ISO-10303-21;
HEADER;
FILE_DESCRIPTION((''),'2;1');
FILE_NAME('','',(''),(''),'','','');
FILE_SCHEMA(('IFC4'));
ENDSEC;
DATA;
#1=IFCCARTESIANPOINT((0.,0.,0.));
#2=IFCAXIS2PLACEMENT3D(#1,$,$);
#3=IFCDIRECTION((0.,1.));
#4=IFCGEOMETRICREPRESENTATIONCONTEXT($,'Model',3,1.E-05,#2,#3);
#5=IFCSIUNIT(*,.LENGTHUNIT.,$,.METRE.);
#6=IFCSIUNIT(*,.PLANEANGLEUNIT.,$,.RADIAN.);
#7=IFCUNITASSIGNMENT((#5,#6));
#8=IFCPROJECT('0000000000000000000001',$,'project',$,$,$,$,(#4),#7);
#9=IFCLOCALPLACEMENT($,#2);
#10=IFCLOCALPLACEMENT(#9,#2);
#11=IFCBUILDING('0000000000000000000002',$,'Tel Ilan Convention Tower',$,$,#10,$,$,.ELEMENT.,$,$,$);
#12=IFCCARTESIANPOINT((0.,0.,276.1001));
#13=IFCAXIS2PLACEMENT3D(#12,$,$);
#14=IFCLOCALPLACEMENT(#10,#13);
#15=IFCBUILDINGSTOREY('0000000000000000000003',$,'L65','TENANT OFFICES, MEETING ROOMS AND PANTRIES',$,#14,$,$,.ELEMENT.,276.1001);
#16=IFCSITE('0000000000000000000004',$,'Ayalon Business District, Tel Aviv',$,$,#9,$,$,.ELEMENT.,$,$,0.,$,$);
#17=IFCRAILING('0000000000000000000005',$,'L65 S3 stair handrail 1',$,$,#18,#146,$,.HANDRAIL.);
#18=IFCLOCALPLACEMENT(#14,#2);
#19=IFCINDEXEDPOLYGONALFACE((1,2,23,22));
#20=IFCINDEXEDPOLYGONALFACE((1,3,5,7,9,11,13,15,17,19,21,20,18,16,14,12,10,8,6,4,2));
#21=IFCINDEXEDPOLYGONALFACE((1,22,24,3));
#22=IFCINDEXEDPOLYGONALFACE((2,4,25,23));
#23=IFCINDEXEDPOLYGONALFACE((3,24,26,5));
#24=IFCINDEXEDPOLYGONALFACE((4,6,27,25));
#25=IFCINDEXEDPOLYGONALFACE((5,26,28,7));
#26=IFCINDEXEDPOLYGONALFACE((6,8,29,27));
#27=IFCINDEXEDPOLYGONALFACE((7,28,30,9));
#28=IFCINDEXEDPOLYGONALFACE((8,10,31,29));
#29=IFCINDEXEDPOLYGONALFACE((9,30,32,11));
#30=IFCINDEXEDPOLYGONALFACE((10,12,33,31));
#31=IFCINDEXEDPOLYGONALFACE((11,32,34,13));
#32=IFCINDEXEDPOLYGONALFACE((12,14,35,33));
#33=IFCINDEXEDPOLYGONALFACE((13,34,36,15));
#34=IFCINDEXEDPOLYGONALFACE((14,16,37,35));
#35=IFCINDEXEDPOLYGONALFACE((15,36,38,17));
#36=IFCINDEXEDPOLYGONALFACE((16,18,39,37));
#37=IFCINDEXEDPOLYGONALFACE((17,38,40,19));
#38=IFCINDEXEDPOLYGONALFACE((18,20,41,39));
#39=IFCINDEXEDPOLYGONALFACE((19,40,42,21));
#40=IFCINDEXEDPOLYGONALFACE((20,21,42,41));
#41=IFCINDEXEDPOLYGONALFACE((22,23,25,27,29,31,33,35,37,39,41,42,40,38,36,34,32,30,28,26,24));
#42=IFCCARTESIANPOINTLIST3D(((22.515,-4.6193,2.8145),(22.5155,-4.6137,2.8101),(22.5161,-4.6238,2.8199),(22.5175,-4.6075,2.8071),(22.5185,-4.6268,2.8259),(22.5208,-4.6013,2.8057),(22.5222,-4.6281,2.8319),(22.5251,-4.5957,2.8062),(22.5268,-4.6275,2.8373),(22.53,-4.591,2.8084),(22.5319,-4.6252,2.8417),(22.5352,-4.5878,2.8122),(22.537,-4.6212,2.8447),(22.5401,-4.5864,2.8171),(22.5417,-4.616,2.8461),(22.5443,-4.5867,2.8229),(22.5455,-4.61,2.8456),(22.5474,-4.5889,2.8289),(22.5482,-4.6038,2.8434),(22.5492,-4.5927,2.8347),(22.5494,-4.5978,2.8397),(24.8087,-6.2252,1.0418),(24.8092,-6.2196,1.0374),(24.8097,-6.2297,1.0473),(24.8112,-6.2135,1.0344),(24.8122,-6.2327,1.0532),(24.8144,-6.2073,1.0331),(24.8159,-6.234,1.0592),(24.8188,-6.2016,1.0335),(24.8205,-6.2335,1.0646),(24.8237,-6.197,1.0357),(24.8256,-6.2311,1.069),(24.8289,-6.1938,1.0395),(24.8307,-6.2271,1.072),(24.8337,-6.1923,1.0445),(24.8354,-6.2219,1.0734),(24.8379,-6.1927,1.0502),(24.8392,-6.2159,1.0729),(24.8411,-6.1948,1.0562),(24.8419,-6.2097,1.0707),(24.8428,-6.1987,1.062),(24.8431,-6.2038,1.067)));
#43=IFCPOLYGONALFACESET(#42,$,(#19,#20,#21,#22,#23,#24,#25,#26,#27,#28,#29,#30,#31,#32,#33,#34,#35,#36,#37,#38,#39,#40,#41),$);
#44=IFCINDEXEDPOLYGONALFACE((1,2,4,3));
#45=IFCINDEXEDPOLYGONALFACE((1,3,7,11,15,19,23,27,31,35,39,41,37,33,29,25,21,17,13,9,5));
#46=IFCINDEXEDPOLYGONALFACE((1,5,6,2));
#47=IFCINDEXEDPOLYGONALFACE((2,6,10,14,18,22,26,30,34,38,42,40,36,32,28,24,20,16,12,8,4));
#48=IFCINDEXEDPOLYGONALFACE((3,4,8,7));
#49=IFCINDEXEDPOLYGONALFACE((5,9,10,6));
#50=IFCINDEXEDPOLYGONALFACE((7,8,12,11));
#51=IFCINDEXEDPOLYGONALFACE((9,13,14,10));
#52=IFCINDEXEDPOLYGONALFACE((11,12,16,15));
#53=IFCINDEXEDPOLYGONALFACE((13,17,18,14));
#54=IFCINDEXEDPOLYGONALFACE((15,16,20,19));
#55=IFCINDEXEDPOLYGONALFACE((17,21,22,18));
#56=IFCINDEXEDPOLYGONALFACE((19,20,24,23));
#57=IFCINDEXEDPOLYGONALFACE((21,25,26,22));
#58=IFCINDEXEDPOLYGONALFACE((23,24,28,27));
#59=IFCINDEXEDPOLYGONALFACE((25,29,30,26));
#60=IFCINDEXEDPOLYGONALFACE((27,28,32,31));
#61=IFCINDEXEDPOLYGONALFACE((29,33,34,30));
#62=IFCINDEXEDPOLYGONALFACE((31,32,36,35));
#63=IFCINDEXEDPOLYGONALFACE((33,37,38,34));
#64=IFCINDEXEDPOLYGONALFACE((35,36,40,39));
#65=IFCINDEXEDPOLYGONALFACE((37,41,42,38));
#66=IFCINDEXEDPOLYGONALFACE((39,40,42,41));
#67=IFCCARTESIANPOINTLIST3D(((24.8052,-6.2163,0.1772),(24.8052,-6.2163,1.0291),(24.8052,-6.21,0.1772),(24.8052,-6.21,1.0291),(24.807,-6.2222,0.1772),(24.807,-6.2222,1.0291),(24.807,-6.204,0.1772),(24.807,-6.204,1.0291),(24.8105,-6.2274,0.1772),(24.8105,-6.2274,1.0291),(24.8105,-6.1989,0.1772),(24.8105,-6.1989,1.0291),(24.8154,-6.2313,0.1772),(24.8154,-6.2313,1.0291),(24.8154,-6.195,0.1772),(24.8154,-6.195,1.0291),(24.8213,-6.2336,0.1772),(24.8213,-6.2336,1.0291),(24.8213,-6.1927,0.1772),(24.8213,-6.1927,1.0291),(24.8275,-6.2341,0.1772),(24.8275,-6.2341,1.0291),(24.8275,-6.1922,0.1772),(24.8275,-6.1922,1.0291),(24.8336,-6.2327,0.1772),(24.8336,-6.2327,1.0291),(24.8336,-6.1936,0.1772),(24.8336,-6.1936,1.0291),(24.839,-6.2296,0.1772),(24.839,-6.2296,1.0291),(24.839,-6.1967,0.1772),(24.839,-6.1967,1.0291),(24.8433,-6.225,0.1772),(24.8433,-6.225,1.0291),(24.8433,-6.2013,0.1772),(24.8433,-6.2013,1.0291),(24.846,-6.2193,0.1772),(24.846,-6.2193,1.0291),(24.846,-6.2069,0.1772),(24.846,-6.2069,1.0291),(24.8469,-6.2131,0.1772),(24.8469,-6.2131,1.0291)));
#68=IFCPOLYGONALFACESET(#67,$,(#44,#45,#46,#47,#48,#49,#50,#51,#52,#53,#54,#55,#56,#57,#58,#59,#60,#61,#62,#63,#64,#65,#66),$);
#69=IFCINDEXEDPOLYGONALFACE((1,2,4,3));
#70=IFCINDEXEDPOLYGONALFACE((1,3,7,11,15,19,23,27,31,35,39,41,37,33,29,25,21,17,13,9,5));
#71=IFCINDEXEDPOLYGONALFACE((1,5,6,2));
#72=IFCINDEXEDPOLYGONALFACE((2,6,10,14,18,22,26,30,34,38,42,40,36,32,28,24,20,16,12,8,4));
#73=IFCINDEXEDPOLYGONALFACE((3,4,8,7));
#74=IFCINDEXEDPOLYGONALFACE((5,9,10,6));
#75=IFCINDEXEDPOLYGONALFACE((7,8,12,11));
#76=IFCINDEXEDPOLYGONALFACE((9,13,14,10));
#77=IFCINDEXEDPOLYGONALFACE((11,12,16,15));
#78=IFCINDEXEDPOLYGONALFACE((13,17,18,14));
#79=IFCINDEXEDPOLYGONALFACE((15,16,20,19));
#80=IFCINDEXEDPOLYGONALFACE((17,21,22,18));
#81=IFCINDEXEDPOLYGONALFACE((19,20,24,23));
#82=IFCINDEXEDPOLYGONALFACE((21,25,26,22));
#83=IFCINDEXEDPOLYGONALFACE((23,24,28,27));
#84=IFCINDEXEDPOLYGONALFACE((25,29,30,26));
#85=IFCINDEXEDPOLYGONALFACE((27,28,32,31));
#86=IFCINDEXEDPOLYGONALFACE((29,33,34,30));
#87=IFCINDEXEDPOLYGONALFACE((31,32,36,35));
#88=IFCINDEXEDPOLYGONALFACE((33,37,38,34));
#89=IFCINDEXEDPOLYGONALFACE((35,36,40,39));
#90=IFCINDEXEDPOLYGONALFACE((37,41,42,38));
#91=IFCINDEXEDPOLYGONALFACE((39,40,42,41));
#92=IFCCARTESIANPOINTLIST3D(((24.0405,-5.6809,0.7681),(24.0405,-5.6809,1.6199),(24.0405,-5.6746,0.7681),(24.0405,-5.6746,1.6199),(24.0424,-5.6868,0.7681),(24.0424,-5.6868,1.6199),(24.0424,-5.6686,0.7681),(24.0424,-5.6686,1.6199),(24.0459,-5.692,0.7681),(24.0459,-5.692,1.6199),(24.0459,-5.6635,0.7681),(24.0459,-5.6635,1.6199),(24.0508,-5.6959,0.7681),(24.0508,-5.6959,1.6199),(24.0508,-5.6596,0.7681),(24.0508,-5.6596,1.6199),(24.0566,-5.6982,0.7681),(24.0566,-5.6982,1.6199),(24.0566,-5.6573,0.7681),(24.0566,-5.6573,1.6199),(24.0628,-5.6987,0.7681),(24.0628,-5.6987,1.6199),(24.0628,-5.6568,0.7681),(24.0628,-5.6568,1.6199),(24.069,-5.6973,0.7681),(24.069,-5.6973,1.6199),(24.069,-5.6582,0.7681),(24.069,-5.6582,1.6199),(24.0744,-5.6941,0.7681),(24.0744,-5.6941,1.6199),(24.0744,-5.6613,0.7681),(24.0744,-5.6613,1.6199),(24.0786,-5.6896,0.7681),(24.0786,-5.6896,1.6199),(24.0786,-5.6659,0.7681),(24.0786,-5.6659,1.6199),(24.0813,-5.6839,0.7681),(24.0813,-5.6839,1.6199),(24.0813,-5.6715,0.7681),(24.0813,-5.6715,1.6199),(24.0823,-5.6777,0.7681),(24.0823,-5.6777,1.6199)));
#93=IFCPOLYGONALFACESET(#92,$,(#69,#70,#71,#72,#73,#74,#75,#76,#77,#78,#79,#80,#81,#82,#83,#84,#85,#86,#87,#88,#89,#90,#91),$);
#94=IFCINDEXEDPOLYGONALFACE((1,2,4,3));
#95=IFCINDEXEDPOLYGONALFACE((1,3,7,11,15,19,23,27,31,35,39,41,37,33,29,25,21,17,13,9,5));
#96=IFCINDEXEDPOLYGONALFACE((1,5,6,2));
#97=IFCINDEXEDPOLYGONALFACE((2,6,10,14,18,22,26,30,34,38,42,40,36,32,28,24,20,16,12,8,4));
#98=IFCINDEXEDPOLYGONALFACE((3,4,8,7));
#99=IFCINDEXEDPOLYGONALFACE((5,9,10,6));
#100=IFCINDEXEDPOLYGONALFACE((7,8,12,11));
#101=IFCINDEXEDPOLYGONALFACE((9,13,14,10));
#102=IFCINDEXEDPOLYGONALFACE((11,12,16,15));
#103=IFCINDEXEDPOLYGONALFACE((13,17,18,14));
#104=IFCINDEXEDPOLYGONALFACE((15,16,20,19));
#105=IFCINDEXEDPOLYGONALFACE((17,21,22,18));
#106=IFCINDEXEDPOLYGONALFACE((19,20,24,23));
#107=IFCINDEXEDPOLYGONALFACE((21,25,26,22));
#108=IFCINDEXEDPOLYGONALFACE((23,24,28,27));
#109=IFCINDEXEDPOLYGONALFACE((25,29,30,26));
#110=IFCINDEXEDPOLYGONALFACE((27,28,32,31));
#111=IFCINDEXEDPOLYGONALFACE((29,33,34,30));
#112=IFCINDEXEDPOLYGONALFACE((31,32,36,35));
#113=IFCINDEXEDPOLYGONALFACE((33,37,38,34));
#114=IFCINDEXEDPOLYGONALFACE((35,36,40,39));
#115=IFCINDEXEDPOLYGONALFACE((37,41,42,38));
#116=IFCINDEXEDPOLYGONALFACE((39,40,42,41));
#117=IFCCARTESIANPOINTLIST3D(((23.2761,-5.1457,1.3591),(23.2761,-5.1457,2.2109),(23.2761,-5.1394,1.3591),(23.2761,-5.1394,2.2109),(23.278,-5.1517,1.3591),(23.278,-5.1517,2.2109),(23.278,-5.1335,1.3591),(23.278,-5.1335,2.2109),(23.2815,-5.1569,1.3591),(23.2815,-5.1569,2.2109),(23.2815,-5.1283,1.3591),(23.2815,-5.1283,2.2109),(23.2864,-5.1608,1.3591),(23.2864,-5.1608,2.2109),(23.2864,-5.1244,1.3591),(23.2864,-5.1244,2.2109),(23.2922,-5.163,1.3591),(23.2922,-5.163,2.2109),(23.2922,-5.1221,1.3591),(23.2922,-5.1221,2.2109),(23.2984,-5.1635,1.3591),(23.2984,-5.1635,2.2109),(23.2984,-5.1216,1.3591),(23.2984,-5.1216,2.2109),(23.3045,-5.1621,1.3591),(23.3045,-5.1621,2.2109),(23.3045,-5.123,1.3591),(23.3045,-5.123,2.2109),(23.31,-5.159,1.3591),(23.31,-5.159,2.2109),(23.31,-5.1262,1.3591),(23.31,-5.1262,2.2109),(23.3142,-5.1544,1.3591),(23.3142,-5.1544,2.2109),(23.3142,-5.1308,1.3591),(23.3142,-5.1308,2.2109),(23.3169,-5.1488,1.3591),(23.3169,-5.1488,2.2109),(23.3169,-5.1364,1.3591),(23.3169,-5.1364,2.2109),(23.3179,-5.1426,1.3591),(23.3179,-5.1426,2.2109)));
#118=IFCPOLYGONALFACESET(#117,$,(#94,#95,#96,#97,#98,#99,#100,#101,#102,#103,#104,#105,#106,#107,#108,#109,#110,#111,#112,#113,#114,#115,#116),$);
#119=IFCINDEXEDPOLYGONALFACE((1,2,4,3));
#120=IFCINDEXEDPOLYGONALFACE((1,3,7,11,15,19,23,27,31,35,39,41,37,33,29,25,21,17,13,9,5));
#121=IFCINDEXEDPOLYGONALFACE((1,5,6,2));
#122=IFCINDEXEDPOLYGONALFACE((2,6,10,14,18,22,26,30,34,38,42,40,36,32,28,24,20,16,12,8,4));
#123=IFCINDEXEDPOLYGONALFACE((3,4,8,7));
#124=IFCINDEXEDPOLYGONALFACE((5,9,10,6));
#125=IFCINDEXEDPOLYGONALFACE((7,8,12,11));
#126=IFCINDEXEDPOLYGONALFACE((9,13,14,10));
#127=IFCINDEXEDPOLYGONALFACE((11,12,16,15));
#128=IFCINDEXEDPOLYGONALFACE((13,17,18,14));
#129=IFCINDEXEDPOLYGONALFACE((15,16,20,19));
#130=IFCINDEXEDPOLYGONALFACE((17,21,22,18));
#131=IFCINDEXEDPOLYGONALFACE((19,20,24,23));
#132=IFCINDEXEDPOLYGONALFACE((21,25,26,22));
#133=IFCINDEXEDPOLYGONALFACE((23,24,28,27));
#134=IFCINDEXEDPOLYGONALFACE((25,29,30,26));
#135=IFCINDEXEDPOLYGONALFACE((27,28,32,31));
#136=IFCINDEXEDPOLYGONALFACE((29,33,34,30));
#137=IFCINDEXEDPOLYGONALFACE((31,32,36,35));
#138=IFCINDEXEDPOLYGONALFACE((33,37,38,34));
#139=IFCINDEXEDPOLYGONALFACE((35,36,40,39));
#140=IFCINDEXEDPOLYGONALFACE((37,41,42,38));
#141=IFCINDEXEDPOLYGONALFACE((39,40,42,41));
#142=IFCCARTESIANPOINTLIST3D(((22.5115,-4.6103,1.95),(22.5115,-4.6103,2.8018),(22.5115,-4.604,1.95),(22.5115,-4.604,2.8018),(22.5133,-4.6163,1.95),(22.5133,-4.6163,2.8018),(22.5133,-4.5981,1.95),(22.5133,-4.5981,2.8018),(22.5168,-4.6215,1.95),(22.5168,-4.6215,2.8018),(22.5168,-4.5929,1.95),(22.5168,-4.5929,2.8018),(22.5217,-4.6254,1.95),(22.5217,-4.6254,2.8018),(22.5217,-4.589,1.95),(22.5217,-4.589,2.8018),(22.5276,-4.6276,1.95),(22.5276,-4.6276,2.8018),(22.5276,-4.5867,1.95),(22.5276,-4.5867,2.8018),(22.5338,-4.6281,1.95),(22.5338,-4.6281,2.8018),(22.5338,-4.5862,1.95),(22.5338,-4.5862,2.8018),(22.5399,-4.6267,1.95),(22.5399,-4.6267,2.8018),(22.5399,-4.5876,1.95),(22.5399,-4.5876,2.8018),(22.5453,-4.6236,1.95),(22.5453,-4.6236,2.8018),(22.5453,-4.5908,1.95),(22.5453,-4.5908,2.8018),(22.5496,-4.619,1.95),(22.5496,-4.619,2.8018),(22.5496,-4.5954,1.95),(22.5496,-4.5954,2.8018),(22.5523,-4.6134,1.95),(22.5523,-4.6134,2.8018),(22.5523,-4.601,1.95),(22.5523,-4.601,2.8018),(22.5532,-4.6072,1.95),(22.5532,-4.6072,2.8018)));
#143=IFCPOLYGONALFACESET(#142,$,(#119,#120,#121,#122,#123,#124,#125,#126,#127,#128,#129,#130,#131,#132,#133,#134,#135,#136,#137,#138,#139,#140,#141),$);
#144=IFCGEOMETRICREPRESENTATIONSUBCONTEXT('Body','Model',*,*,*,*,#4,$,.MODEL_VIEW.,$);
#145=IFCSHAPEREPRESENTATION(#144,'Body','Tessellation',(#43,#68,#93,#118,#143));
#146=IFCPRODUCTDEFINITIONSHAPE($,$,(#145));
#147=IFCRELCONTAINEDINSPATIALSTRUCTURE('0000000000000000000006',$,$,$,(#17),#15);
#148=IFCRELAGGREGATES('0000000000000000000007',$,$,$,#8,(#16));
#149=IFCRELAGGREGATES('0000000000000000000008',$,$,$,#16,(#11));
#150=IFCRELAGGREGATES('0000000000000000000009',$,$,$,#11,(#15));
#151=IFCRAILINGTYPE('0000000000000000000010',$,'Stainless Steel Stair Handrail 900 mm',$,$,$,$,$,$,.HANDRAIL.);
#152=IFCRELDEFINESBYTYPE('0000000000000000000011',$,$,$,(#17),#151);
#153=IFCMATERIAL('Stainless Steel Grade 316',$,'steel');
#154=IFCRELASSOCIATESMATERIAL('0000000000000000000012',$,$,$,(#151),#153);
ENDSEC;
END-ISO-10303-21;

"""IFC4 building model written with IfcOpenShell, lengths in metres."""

from ifc_helpers import new_model, si_unit, direction, frame, origin, origin_2d, place, context, subcontext, project, spatial, circle, extrude, material, type_object, element, save


model = new_model("IFC4")

# Units and contexts
model_context = context("Model", 3, precision=1e-05, world=origin(), true_north=direction((0.0, 1.0)))
body_context = subcontext(model_context, "Body", "Model", "MODEL_VIEW")
ifc_project = project(units=[si_unit("LENGTHUNIT", "METRE"), si_unit("PLANEANGLEUNIT", "RADIAN")], contexts=[model_context])

# Site, building, storey
site_placement = place(None, origin())
site = spatial("IfcSite", under=ifc_project, at=site_placement, Name="Ayalon Business District, Tel Aviv", CompositionType="ELEMENT", RefElevation=0.0)
building_placement = place(site_placement, origin())
building = spatial("IfcBuilding", under=site, at=building_placement, Name="Tel Ilan Convention Tower", CompositionType="ELEMENT")
storey_placement = place(building_placement, frame((0.0, 0.0, 276.1001)))
storey = spatial("IfcBuildingStorey", under=building, at=storey_placement, Name="L65", Description="TENANT OFFICES, MEETING ROOMS AND PANTRIES", CompositionType="ELEMENT", Elevation=276.1001)

# Railing
ifc_material_1 = material(Name="Stainless Steel Grade 316", Category="steel")
railing_type_1 = type_object("IfcRailingType", Name="Stainless Steel Stair Handrail 900 mm", PredefinedType="HANDRAIL", material=ifc_material_1)
for number, where, name in (
    (1, (24.8259, -6.2131, 0.1772), "L65 S3 stair handrail 1"),
):
    element("IfcRailing", number, at=place(storey_placement, frame(where)), inside=storey, type_object=railing_type_1, Name=name, PredefinedType="HANDRAIL", context=body_context, shape_type="SweptSolid", body=[
        extrude(circle(Radius=0.0239, at=origin_2d()), frame((0.0, 0.0, 0.876), z_axis=(-0.692123, 0.484597, 0.534913), x_axis=(-0.57355, -0.81917, 0.0)), (0.0, 0.0, 1.0), 3.314),
        extrude(circle(Radius=0.021, at=origin_2d()), origin(), (0.0, 0.0, 1.0), 0.8518),
        extrude(circle(Radius=0.021, at=origin_2d()), frame((-0.7646, 0.5354, 0.5908)), (0.0, 0.0, 1.0), 0.8518),
        extrude(circle(Radius=0.021, at=origin_2d()), frame((-1.5291, 1.0706, 1.1819)), (0.0, 0.0, 1.0), 0.8518),
        extrude(circle(Radius=0.021, at=origin_2d()), frame((-2.2937, 1.606, 1.7727)), (0.0, 0.0, 1.0), 0.8518),
    ])

save(model, "model.ifc")
